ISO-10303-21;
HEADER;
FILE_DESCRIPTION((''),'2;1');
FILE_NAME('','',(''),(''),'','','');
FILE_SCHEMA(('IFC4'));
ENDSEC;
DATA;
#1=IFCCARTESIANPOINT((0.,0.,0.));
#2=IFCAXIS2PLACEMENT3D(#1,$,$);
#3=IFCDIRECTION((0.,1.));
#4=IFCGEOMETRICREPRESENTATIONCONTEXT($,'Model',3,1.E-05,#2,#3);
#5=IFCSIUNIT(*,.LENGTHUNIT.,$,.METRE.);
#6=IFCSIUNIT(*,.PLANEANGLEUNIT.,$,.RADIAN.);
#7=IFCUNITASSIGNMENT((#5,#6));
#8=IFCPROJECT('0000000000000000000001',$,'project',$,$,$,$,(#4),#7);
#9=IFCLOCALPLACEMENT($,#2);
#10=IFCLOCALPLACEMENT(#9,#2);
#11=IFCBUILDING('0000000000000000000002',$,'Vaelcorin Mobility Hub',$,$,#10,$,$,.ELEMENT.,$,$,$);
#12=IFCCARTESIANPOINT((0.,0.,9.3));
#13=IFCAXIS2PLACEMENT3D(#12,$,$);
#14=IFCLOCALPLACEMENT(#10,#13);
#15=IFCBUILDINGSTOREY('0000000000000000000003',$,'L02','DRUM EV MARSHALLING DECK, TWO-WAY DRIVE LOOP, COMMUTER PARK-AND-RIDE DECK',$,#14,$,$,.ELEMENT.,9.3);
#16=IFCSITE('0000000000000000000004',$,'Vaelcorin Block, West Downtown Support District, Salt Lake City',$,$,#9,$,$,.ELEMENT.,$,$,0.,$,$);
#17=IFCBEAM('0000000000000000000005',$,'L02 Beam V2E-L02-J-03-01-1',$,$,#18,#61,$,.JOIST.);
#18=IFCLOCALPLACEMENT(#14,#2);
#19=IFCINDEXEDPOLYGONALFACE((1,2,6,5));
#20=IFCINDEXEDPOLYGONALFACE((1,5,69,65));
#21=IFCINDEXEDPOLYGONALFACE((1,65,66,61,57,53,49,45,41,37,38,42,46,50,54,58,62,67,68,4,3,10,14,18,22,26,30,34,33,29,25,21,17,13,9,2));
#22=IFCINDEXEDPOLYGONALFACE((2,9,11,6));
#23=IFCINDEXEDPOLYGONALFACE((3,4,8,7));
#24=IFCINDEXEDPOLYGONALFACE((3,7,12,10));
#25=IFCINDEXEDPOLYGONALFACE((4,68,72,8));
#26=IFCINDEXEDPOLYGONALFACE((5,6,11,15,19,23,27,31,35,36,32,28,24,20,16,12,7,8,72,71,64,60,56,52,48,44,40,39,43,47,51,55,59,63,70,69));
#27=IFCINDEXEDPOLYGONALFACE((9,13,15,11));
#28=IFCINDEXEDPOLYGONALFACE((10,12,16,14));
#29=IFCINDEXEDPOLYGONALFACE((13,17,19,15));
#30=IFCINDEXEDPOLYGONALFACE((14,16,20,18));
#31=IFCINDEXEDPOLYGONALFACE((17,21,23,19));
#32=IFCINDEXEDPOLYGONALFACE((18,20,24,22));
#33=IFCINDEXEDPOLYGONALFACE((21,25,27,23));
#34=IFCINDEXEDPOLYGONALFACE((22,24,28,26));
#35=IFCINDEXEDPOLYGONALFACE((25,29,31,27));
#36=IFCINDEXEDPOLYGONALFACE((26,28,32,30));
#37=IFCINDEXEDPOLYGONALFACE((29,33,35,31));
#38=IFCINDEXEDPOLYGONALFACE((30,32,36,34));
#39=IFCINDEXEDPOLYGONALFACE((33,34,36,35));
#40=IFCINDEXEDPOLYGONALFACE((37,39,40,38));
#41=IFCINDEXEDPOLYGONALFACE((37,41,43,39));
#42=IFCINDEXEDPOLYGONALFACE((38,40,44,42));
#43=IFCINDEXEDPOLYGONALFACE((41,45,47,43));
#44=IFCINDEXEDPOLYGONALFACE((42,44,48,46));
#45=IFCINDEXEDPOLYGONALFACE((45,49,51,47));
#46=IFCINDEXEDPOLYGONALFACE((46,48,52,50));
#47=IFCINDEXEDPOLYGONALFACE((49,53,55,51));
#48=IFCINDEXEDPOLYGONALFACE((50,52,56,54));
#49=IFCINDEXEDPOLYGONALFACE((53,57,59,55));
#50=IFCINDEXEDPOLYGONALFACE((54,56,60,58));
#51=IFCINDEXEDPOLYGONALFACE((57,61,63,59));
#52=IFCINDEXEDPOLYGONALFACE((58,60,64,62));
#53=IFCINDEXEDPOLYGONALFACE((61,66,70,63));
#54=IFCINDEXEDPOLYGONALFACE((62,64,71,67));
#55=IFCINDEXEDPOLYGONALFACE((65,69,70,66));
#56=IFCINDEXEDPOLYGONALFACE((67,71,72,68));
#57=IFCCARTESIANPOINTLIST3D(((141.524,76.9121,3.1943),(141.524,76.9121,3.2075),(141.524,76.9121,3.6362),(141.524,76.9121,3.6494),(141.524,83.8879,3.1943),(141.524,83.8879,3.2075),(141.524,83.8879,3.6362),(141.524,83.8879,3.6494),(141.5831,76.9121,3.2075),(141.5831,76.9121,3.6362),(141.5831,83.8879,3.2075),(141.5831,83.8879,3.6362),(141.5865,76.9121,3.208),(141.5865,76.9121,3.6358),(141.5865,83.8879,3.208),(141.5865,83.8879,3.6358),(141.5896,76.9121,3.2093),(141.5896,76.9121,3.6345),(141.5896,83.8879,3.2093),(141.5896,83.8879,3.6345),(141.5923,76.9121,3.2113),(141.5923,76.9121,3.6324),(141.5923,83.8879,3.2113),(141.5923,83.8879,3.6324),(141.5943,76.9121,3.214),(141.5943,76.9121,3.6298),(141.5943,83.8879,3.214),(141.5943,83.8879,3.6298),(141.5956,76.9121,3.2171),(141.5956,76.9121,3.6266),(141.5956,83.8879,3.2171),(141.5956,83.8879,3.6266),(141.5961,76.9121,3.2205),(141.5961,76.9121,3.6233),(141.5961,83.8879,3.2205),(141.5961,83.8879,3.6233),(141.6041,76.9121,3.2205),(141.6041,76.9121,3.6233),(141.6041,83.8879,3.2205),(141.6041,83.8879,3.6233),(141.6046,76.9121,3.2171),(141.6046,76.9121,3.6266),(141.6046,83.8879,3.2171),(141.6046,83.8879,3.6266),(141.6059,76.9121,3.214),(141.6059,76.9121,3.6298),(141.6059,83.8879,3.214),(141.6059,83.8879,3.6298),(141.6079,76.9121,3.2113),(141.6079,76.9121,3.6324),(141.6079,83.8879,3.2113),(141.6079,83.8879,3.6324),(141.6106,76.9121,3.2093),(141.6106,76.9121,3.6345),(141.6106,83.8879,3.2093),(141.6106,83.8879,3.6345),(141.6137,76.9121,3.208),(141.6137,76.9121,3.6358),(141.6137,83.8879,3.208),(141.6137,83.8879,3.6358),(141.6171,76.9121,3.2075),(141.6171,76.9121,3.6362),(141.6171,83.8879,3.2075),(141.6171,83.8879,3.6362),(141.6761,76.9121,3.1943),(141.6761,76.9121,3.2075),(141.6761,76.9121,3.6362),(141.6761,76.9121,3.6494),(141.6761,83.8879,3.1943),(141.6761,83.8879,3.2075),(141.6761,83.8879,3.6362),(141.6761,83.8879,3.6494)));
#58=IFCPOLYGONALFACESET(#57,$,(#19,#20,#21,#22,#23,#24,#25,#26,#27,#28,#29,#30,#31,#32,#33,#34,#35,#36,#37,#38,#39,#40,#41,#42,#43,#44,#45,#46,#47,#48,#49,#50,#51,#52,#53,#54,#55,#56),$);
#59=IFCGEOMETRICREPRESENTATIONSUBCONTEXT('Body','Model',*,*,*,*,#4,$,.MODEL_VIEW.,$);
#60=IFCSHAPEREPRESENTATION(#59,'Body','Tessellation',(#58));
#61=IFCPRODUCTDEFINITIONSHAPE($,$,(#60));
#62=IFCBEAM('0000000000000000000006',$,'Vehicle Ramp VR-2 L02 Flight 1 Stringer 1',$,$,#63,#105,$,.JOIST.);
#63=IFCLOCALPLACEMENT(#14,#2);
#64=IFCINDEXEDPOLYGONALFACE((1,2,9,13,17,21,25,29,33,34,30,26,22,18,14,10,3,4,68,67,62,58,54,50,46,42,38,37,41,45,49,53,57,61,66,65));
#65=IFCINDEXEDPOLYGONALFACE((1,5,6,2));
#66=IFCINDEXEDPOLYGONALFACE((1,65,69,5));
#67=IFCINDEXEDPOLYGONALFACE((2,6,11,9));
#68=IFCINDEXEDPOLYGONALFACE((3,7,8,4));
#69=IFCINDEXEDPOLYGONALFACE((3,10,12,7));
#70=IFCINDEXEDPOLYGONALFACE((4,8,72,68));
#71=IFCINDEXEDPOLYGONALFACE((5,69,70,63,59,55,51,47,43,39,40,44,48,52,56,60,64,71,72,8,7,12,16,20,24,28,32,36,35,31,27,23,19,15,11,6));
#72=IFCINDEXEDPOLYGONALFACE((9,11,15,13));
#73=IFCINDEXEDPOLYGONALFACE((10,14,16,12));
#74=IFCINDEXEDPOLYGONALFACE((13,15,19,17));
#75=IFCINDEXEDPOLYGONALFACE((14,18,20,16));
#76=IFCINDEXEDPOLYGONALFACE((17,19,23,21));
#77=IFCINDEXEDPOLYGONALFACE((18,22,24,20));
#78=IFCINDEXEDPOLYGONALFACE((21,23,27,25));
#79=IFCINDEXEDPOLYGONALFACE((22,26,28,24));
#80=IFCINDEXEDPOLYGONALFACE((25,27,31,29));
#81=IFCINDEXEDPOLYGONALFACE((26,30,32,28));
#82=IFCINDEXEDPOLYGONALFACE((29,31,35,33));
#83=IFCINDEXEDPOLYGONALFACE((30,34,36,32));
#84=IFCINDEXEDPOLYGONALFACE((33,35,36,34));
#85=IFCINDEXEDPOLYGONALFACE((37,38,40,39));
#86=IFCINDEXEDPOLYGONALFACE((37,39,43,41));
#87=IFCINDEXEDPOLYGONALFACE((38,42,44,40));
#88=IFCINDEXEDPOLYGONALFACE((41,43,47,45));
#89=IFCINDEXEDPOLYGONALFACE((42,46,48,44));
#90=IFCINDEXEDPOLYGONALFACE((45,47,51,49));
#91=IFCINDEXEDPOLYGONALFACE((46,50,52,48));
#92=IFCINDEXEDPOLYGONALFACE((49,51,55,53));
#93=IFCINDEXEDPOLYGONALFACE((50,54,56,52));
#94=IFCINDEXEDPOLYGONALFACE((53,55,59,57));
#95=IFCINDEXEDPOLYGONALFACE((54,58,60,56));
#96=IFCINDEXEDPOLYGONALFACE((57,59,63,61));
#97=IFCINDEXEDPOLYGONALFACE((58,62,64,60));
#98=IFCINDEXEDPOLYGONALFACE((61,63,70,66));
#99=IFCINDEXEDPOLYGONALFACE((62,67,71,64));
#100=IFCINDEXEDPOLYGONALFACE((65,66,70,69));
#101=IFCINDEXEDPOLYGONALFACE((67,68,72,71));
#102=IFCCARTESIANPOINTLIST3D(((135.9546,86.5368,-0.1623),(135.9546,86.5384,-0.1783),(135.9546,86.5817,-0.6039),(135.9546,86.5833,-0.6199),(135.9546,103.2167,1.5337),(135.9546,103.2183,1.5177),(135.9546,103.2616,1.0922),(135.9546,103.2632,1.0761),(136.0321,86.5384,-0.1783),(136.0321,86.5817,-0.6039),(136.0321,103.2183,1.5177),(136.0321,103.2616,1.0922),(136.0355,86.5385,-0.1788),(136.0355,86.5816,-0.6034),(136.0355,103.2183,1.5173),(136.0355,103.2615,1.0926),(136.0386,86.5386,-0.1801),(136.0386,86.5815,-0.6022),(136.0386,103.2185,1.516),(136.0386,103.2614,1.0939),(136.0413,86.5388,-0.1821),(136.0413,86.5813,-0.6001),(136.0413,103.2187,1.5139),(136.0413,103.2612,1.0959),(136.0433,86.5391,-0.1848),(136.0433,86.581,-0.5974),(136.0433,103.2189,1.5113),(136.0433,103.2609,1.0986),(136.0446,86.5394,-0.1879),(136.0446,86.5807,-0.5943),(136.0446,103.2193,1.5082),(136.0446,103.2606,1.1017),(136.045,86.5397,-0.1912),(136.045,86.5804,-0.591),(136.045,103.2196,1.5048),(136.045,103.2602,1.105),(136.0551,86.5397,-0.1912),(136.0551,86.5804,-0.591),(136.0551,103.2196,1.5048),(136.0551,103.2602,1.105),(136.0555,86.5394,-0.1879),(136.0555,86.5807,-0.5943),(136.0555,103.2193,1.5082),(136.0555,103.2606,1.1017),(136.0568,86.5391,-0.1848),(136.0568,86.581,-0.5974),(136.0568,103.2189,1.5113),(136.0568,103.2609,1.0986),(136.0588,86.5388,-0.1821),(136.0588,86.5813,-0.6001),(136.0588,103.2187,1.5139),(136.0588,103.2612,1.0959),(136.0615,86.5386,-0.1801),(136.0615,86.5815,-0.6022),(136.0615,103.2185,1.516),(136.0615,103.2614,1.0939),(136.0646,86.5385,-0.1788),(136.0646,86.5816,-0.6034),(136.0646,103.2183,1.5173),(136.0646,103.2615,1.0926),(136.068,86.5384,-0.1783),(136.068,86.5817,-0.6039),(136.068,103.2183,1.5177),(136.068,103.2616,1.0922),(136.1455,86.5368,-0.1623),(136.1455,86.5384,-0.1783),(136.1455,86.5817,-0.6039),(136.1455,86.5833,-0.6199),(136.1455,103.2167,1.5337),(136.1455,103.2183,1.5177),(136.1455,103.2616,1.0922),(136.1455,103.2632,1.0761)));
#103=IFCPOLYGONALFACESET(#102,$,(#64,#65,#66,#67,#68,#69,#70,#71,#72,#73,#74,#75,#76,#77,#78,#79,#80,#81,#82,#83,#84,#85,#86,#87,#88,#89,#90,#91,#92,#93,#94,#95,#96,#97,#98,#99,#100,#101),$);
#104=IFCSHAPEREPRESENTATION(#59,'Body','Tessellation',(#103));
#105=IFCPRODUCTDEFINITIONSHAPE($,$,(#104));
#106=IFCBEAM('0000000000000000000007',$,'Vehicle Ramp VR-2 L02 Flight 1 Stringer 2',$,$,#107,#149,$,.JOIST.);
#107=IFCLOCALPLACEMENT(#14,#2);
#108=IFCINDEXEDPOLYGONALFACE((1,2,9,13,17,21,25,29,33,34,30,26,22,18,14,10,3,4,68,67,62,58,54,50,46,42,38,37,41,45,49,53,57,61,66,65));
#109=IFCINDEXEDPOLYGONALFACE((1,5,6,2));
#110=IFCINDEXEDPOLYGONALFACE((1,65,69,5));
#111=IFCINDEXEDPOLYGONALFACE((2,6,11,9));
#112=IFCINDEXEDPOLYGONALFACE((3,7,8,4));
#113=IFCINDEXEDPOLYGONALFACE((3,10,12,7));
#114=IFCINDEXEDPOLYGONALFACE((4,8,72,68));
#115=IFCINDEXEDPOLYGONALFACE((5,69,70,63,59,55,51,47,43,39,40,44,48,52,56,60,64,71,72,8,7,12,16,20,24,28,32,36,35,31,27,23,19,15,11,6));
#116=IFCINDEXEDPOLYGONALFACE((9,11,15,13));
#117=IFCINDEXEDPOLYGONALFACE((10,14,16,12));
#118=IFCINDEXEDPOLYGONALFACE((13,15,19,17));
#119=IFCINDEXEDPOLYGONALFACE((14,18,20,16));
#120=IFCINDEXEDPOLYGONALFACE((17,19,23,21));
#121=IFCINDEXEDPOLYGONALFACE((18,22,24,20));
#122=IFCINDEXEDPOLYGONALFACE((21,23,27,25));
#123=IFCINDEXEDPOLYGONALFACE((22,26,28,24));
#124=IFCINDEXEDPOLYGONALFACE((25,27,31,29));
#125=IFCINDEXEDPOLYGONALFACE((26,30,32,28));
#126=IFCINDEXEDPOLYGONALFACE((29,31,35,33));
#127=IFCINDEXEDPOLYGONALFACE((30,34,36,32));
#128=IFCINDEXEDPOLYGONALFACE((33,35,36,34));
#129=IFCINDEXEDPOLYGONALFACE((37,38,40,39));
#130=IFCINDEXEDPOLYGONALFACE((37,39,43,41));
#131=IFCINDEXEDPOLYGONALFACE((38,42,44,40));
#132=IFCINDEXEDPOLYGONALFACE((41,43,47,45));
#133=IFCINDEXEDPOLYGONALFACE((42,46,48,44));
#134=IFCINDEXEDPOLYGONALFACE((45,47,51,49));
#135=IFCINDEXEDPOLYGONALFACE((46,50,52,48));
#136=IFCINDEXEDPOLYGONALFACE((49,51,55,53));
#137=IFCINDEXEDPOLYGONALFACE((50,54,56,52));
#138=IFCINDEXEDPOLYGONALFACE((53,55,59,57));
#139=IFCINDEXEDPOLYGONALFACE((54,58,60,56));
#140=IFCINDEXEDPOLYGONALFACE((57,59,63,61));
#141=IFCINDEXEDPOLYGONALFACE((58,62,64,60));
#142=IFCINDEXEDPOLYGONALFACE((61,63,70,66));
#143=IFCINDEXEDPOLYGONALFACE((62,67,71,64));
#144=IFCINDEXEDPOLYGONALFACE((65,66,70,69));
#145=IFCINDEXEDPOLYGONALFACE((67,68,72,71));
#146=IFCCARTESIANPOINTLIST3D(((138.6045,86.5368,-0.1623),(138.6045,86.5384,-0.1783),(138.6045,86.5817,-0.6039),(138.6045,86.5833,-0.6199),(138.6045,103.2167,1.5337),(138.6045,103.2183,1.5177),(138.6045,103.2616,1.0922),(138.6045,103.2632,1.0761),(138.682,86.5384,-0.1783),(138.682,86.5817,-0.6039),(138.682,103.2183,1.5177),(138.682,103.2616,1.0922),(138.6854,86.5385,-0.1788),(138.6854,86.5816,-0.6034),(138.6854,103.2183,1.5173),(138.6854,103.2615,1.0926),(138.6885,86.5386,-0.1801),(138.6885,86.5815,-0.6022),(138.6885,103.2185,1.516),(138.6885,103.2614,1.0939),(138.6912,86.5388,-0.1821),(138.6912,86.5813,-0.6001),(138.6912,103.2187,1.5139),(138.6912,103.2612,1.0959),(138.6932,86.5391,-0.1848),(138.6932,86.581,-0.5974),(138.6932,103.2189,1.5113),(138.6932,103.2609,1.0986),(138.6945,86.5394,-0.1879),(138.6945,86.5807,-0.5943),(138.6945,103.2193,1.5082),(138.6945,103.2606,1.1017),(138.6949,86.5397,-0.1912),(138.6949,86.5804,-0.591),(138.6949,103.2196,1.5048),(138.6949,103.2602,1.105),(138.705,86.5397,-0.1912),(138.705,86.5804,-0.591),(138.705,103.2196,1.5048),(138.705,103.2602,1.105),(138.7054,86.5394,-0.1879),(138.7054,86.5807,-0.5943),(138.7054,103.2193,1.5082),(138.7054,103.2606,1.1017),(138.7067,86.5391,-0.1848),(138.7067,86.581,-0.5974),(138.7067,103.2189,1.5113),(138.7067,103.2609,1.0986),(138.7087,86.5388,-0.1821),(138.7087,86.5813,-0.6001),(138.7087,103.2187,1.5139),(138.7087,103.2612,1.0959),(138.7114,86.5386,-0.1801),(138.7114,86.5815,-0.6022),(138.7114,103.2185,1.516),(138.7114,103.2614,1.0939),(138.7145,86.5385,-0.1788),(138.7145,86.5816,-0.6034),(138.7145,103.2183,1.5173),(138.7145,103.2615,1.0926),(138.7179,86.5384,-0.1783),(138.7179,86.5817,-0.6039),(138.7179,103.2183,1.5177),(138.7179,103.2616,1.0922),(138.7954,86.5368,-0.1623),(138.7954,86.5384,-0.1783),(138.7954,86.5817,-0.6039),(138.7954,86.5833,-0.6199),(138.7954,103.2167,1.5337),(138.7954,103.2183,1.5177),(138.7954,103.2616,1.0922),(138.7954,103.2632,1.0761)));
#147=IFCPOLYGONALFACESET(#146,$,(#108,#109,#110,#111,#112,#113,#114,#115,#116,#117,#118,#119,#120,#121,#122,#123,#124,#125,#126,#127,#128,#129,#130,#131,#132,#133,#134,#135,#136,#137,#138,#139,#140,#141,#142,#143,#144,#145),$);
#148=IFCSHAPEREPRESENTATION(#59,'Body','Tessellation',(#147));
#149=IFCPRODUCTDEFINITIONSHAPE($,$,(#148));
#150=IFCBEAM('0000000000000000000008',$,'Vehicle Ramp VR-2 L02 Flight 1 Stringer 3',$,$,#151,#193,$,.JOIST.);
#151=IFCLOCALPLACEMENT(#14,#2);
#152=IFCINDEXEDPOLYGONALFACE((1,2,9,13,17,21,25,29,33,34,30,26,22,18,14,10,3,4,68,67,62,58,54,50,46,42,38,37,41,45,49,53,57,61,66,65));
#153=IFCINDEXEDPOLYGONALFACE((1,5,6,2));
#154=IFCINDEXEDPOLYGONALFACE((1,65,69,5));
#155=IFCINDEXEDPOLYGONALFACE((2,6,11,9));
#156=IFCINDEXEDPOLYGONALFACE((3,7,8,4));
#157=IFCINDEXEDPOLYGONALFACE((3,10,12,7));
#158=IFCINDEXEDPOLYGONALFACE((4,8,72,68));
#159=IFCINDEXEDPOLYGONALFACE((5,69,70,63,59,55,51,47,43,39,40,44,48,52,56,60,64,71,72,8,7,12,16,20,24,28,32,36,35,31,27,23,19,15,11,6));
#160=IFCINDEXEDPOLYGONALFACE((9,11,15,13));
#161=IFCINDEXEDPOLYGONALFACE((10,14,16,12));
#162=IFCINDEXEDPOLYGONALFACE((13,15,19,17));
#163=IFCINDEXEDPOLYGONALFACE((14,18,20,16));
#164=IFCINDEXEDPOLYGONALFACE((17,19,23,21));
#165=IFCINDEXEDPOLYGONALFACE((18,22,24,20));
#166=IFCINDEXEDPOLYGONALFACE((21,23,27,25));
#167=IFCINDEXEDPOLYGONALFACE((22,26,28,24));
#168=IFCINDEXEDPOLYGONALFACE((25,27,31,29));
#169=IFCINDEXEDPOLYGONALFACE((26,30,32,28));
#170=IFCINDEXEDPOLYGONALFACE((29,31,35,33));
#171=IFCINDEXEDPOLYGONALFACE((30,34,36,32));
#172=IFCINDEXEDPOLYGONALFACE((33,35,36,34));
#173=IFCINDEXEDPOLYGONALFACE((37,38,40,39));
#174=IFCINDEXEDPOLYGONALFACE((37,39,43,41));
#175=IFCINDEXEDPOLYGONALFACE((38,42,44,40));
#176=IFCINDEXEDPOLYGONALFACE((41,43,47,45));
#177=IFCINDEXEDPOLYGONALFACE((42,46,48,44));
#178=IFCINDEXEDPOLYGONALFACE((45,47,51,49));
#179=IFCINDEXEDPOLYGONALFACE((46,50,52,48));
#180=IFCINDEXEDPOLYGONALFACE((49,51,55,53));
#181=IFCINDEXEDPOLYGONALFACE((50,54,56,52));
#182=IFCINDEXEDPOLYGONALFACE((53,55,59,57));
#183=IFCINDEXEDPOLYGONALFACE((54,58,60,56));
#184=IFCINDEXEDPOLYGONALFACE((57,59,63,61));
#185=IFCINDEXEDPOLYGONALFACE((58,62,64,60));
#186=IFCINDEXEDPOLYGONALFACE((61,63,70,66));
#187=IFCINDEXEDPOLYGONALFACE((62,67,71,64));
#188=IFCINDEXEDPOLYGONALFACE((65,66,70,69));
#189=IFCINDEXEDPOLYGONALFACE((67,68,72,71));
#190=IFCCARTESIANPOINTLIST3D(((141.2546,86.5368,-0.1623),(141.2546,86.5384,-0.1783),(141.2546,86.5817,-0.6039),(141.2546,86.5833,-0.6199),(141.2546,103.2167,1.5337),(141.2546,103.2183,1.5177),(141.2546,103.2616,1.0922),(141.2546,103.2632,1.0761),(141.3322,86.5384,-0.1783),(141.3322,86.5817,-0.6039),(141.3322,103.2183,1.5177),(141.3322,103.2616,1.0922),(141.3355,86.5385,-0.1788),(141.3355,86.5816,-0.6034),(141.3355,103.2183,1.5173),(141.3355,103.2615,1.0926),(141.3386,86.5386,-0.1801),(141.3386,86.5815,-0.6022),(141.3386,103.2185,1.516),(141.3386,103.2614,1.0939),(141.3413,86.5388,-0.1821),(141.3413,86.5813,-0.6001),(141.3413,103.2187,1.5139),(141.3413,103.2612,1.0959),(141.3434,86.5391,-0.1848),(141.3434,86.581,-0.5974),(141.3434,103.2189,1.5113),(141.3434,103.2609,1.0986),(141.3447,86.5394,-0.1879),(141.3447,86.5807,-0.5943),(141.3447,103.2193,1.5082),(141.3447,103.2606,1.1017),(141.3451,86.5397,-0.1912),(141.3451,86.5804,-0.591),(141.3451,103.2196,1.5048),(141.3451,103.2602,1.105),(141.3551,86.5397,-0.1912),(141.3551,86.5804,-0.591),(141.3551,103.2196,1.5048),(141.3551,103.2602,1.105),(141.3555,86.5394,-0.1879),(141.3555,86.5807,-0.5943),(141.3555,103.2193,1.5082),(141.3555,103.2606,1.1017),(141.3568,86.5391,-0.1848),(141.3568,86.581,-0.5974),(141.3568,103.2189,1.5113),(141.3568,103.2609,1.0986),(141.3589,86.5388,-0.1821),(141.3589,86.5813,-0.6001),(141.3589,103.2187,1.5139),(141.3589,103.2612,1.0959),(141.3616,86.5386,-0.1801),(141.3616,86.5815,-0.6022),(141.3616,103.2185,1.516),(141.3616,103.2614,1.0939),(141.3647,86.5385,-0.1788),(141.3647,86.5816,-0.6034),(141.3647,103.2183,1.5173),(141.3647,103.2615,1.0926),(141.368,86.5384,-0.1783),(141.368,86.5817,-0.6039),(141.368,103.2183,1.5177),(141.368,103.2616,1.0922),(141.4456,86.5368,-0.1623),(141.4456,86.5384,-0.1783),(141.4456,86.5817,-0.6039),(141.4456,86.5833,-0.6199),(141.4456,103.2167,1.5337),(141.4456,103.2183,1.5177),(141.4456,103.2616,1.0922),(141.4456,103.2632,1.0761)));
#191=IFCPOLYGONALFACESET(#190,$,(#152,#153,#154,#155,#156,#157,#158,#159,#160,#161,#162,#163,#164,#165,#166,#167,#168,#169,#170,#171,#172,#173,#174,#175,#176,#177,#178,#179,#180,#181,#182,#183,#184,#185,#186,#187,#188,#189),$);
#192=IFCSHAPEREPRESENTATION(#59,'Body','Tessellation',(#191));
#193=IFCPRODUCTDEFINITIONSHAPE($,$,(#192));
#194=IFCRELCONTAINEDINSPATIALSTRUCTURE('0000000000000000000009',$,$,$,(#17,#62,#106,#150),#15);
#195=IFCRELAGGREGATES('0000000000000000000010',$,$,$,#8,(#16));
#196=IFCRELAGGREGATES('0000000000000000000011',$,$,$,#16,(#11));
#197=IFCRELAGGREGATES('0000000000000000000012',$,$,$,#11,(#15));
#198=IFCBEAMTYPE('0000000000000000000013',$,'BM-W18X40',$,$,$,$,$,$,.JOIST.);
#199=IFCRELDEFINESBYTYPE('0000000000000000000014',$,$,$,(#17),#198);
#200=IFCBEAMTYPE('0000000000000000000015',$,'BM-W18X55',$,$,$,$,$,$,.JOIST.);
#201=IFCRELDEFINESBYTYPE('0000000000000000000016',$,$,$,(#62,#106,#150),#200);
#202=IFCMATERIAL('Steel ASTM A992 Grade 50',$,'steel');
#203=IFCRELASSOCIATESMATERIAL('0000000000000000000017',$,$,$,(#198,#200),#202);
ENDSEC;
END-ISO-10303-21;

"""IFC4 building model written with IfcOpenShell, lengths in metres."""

from ifc_helpers import new_model, si_unit, direction, frame, origin, origin_2d, place, context, subcontext, project, spatial, i_section, extrude, material, material_profile, profile_set, type_object, element, save


model = new_model("IFC4")

# Units and contexts
model_context = context("Model", 3, precision=1e-05, world=origin(), true_north=direction((0.0, 1.0)))
body_context = subcontext(model_context, "Body", "Model", "MODEL_VIEW")
ifc_project = project(units=[si_unit("LENGTHUNIT", "METRE"), si_unit("PLANEANGLEUNIT", "RADIAN")], contexts=[model_context])

# Site, building, storey
site_placement = place(None, origin())
site = spatial("IfcSite", under=ifc_project, at=site_placement, Name="Vaelcorin Block, West Downtown Support District, Salt Lake City", CompositionType="ELEMENT", RefElevation=0.0)
building_placement = place(site_placement, origin())
building = spatial("IfcBuilding", under=site, at=building_placement, Name="Vaelcorin Mobility Hub", CompositionType="ELEMENT")
storey_placement = place(building_placement, frame((0.0, 0.0, 9.3)))
storey = spatial("IfcBuildingStorey", under=building, at=storey_placement, Name="L02", Description="DRUM EV MARSHALLING DECK, TWO-WAY DRIVE LOOP, COMMUTER PARK-AND-RIDE DECK", CompositionType="ELEMENT", Elevation=9.3)

# Shared definitions
ifc_material_1 = material(Name="Steel ASTM A992 Grade 50", Category="steel")

# Beams
ifc_material_profile_1 = material_profile(ifc_material_1, i_section(OverallWidth=0.1521, OverallDepth=0.4551, WebThickness=0.0081, FlangeThickness=0.0132, FilletRadius=0.0129, at=origin_2d()), Name="W18X40")
ifc_profile_set_1 = profile_set([ifc_material_profile_1], Name="Steel ASTM A992 Grade 50")
beam_type_1 = type_object("IfcBeamType", Name="BM-W18X40", PredefinedType="JOIST", material=ifc_profile_set_1)
beam_1_placement = place(storey_placement, frame((141.6001, 76.9121, 3.4219), z_axis=(0.0, 1.0, 0.0), x_axis=(-1.0, 0.0, 0.0)))
element("IfcBeam", 1, at=beam_1_placement, inside=storey, type_object=beam_type_1, Name="L02 Beam V2E-L02-J-03-01-1", PredefinedType="JOIST", context=body_context, shape_type="SweptSolid", body=[
    extrude(i_section(OverallWidth=0.1521, OverallDepth=0.4551, WebThickness=0.0081, FlangeThickness=0.0132, FilletRadius=0.0129, at=origin_2d()), origin(), (0.0, 0.0, 1.0), 6.9758),
])
ifc_material_profile_2 = material_profile(ifc_material_1, i_section(OverallWidth=0.1909, OverallDepth=0.46, WebThickness=0.01, FlangeThickness=0.0161, FilletRadius=0.0129, at=origin_2d()), Name="W18X55")
ifc_profile_set_2 = profile_set([ifc_material_profile_2], Name="Steel ASTM A992 Grade 50")
beam_type_2 = type_object("IfcBeamType", Name="BM-W18X55", PredefinedType="JOIST", material=ifc_profile_set_2)
for number, where, z_axis, x_axis, name in (
    (2, (136.05, 86.5601, -0.3911), (0.0, 0.99487, 0.10116), (-1.0, 0.0, 0.0), "Vehicle Ramp VR-2 L02 Flight 1 Stringer 1"),
    (3, (138.7, 86.5601, -0.3911), (0.0, 0.99487, 0.10116), (-1.0, 0.0, 0.0), "Vehicle Ramp VR-2 L02 Flight 1 Stringer 2"),
    (4, (141.3501, 86.5601, -0.3911), (0.0, 0.99487, 0.10116), (-1.0, 0.0, 0.0), "Vehicle Ramp VR-2 L02 Flight 1 Stringer 3"),
):
    element("IfcBeam", number, at=place(storey_placement, frame(where, z_axis=z_axis, x_axis=x_axis)), inside=storey, type_object=beam_type_2, Name=name, PredefinedType="JOIST", context=body_context, shape_type="SweptSolid", body=[
        extrude(i_section(OverallWidth=0.1909, OverallDepth=0.46, WebThickness=0.01, FlangeThickness=0.0161, FilletRadius=0.0129, at=origin_2d()), origin(), (0.0, 0.0, 1.0), 16.7659),
    ])

save(model, "model.ifc")
